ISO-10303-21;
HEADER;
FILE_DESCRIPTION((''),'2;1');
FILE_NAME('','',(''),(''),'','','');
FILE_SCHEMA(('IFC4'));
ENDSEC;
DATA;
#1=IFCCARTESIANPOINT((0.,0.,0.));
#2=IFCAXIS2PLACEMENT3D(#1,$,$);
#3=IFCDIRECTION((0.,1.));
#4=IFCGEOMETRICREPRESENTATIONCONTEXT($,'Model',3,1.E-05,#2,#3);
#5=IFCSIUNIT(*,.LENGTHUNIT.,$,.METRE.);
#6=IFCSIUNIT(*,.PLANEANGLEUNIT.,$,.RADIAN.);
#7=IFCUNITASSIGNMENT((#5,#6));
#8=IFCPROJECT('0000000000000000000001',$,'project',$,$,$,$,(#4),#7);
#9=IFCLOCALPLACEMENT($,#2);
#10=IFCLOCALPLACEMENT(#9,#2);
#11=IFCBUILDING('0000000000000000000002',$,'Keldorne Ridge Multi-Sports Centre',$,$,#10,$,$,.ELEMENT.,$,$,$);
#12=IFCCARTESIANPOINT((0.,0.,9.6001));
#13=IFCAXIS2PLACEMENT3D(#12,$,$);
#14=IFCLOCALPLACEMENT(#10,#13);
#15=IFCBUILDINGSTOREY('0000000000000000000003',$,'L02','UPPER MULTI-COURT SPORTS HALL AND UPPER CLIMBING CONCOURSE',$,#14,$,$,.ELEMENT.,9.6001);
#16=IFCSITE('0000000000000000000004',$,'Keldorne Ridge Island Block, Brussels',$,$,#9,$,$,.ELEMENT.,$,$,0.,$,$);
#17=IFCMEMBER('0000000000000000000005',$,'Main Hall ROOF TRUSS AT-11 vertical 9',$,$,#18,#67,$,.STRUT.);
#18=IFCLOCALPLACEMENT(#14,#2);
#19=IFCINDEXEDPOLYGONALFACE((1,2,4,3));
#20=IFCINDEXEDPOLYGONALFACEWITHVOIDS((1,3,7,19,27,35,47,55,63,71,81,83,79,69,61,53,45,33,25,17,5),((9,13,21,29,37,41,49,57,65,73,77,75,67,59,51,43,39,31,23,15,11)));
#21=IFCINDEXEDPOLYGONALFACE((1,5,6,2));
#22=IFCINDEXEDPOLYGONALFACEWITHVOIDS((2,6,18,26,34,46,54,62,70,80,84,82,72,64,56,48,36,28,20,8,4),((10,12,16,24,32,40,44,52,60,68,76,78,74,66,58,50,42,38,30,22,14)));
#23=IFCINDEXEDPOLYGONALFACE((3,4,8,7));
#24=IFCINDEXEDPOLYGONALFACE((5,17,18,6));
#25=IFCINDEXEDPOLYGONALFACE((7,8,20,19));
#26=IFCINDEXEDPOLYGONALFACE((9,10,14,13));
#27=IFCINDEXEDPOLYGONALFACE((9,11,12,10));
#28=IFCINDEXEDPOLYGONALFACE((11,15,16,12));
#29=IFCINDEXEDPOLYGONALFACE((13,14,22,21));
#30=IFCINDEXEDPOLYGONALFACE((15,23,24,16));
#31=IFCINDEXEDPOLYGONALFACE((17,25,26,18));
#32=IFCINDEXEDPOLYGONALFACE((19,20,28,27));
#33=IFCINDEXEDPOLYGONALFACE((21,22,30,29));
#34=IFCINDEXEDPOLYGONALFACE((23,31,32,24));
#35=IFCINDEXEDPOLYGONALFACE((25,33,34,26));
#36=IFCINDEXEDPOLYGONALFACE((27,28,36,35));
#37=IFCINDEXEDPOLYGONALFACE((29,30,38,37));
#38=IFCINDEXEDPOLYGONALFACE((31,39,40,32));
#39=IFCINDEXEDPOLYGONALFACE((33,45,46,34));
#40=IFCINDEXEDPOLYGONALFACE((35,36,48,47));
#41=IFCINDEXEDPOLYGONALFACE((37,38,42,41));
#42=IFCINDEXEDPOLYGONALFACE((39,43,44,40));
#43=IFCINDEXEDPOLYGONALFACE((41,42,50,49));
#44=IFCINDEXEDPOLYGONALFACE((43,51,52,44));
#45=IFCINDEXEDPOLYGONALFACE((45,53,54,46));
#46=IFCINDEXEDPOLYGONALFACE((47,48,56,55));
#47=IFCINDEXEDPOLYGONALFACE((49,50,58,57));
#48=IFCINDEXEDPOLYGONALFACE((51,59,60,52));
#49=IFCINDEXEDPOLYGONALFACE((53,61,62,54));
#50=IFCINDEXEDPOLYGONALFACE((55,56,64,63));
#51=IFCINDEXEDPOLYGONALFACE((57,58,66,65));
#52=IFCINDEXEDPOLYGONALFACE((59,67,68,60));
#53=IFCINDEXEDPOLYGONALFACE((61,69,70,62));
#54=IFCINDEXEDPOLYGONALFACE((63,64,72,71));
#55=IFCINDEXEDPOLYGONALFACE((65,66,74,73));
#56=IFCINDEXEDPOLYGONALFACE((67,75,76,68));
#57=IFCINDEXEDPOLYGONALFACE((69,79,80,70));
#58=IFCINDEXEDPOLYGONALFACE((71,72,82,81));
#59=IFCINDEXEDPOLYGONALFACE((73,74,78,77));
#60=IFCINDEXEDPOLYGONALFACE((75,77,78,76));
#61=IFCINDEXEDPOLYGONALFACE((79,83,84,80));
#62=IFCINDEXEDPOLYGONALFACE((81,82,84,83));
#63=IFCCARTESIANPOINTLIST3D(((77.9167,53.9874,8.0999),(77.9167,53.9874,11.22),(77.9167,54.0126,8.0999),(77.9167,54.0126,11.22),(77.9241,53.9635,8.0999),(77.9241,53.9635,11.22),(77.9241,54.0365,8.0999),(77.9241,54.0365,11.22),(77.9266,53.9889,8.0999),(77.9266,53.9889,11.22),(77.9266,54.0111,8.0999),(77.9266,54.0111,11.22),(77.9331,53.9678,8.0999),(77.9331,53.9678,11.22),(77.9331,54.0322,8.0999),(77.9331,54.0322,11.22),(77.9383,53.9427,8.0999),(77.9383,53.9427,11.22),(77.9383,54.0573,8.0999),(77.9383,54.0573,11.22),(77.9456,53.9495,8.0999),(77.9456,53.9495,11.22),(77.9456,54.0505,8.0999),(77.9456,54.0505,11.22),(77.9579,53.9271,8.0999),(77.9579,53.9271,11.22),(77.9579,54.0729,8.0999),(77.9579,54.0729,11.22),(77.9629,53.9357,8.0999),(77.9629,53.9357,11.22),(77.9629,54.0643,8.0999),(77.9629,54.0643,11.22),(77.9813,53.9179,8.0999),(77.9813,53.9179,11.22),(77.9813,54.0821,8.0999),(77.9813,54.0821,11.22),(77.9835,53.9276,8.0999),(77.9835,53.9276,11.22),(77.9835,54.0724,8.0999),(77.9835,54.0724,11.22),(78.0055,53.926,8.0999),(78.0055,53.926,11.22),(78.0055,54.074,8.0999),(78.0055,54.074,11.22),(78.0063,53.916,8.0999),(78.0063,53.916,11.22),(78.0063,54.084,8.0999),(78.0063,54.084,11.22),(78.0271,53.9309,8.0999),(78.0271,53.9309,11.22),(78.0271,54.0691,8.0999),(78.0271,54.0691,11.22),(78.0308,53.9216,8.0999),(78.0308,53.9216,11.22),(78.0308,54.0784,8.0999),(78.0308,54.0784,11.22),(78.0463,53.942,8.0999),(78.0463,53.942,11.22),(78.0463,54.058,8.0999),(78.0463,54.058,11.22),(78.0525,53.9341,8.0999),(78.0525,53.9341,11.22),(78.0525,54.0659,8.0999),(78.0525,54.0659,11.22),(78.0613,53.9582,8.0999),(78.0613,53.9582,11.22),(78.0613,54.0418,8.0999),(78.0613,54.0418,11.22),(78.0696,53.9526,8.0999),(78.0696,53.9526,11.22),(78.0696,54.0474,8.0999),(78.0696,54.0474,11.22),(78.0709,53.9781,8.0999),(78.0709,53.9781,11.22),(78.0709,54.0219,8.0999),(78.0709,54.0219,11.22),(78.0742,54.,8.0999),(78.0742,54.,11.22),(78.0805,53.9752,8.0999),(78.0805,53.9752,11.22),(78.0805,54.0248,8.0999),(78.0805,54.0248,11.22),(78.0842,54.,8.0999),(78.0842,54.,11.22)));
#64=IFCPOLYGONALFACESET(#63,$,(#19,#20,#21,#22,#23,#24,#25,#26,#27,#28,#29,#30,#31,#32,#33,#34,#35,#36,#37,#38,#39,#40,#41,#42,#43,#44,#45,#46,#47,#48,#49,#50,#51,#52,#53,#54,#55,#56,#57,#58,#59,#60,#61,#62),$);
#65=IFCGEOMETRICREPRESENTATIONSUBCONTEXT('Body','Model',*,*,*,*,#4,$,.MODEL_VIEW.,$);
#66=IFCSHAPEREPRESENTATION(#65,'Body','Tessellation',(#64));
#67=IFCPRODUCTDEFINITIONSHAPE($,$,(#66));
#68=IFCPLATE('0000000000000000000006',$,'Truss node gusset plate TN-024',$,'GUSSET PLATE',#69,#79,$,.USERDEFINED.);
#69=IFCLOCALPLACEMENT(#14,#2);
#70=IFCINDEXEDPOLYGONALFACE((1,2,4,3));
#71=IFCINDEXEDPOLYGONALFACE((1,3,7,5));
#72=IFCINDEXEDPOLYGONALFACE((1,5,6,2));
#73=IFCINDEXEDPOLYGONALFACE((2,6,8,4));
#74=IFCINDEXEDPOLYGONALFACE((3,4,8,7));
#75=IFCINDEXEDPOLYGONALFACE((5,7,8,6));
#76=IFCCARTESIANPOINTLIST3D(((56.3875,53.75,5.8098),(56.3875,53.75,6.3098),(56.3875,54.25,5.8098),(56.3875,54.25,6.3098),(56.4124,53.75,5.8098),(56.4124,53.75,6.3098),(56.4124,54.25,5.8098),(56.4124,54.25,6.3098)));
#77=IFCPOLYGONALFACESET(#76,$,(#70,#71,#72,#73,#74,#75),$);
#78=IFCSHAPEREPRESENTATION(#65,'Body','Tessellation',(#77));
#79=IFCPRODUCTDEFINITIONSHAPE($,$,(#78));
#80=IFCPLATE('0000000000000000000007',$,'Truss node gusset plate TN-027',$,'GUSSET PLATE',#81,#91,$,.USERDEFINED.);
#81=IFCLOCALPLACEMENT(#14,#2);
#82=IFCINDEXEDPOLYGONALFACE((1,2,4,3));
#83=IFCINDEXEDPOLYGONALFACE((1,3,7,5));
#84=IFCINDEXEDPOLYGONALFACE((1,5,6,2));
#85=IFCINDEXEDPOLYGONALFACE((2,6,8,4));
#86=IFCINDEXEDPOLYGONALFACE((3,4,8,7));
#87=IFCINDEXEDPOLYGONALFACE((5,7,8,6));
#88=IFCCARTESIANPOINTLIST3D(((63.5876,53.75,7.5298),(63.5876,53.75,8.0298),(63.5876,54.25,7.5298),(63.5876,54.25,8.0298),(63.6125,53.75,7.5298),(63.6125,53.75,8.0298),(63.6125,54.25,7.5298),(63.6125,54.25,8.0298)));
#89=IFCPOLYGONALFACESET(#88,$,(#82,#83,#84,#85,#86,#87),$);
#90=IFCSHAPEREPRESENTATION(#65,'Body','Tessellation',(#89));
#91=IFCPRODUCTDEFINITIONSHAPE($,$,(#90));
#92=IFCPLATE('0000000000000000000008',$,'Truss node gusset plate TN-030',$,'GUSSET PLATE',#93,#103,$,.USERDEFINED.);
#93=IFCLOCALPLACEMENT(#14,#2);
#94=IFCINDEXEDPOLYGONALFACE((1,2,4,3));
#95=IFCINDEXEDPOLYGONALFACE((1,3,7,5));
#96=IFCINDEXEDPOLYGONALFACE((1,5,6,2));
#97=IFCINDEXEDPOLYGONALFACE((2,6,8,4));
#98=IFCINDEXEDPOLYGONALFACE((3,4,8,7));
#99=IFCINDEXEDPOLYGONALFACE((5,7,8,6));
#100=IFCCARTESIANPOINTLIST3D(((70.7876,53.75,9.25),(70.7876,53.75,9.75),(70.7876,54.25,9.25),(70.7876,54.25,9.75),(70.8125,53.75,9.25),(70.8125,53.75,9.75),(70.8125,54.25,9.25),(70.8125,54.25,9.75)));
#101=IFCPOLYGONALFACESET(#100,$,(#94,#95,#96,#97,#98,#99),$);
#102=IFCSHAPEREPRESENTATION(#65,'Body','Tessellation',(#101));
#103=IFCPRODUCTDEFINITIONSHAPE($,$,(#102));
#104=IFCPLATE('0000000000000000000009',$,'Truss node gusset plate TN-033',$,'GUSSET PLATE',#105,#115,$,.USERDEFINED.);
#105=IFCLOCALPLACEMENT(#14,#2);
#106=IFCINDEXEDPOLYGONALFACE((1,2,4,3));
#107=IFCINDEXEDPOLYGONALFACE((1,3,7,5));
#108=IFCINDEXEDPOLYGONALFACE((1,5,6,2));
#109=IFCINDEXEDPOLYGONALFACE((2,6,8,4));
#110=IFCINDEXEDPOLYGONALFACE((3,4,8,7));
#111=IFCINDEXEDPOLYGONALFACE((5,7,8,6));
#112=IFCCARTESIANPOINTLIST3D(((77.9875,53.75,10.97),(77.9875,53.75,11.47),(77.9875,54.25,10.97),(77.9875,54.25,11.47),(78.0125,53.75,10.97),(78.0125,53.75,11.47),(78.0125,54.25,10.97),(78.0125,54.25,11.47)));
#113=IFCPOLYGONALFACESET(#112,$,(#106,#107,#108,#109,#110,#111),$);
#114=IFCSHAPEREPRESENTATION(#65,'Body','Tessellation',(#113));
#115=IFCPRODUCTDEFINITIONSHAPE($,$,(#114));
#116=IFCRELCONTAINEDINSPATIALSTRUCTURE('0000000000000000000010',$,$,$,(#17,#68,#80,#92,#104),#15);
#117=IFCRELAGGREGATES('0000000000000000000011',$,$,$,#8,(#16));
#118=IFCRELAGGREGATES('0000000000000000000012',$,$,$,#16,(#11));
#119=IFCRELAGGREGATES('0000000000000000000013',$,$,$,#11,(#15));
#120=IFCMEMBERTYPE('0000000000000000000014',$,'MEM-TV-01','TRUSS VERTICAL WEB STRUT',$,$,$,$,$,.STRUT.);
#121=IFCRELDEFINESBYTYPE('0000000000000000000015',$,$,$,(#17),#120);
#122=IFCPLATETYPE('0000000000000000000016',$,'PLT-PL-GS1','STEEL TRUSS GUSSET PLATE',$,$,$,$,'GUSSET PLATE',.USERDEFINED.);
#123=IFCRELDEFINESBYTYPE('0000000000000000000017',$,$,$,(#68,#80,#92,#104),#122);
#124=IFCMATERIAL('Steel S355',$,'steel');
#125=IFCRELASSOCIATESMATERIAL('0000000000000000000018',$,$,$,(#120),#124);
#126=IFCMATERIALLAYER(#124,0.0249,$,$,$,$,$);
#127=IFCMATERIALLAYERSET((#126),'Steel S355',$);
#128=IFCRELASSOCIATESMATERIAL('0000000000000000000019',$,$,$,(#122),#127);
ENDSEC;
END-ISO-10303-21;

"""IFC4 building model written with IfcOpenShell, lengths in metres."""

from ifc_helpers import new_model, si_unit, direction, frame, origin, origin_2d, place, context, subcontext, project, spatial, rectangle, hollow_circle, extrude, material, layer, layer_set, material_profile, profile_set, type_object, element, save


model = new_model("IFC4")

# Units and contexts
model_context = context("Model", 3, precision=1e-05, world=origin(), true_north=direction((0.0, 1.0)))
body_context = subcontext(model_context, "Body", "Model", "MODEL_VIEW")
ifc_project = project(units=[si_unit("LENGTHUNIT", "METRE"), si_unit("PLANEANGLEUNIT", "RADIAN")], contexts=[model_context])

# Site, building, storey
site_placement = place(None, origin())
site = spatial("IfcSite", under=ifc_project, at=site_placement, Name="Keldorne Ridge Island Block, Brussels", CompositionType="ELEMENT", RefElevation=0.0)
building_placement = place(site_placement, origin())
building = spatial("IfcBuilding", under=site, at=building_placement, Name="Keldorne Ridge Multi-Sports Centre", CompositionType="ELEMENT")
storey_placement = place(building_placement, frame((0.0, 0.0, 9.6001)))
storey = spatial("IfcBuildingStorey", under=building, at=storey_placement, Name="L02", Description="UPPER MULTI-COURT SPORTS HALL AND UPPER CLIMBING CONCOURSE", CompositionType="ELEMENT", Elevation=9.6001)

# Shared definitions
ifc_material = material(Name="Steel S355", Category="steel")

# Member
ifc_material_profile_1 = material_profile(ifc_material, hollow_circle(Radius=0.0842, WallThickness=0.01, at=origin_2d()), Name="CHS 168.3x10")
ifc_profile_set_1 = profile_set([ifc_material_profile_1], Name="Steel S355")
member_type = type_object("IfcMemberType", Name="MEM-TV-01", Description="TRUSS VERTICAL WEB STRUT", PredefinedType="STRUT", material=ifc_profile_set_1)
for number, where, z_axis, x_axis, name in (
    (1, (78.0, 54.0, 8.0999), (0.0, 0.0, 1.0), (1.0, 0.0, 0.0), "Main Hall ROOF TRUSS AT-11 vertical 9"),
):
    element("IfcMember", number, at=place(storey_placement, frame(where, z_axis=z_axis, x_axis=x_axis)), inside=storey, type_object=member_type, Name=name, PredefinedType="STRUT", context=body_context, shape_type="SweptSolid", body=[
        extrude(hollow_circle(Radius=0.0842, WallThickness=0.01, at=origin_2d()), origin(), (0.0, 0.0, 1.0), 3.1201),
    ])

# Plates
ifc_layer = layer(ifc_material, 0.0249)
ifc_layer_set = layer_set([ifc_layer], Name="Steel S355")
plate_type = type_object("IfcPlateType", Name="PLT-PL-GS1", Description="STEEL TRUSS GUSSET PLATE", ElementType="GUSSET PLATE", PredefinedType="USERDEFINED", material=ifc_layer_set)
for number, where, z_axis, x_axis, name in (
    (2, (56.3999, 54.0, 5.8098), (0.0, 0.0, 1.0), (1.0, 0.0, 0.0), "Truss node gusset plate TN-024"),
    (3, (63.6001, 54.0, 7.5298), (0.0, 0.0, 1.0), (1.0, 0.0, 0.0), "Truss node gusset plate TN-027"),
    (4, (70.8, 54.0, 9.25), (0.0, 0.0, 1.0), (1.0, 0.0, 0.0), "Truss node gusset plate TN-030"),
    (5, (78.0, 54.0, 10.97), (0.0, 0.0, 1.0), (1.0, 0.0, 0.0), "Truss node gusset plate TN-033"),
):
    element("IfcPlate", number, at=place(storey_placement, frame(where, z_axis=z_axis, x_axis=x_axis)), inside=storey, type_object=plate_type, Name=name, ObjectType="GUSSET PLATE", PredefinedType="USERDEFINED", context=body_context, shape_type="SweptSolid", body=[
        extrude(rectangle(XDim=0.0249, YDim=0.5, at=origin_2d()), origin(), (0.0, 0.0, 1.0), 0.5),
    ])

save(model, "model.ifc")
